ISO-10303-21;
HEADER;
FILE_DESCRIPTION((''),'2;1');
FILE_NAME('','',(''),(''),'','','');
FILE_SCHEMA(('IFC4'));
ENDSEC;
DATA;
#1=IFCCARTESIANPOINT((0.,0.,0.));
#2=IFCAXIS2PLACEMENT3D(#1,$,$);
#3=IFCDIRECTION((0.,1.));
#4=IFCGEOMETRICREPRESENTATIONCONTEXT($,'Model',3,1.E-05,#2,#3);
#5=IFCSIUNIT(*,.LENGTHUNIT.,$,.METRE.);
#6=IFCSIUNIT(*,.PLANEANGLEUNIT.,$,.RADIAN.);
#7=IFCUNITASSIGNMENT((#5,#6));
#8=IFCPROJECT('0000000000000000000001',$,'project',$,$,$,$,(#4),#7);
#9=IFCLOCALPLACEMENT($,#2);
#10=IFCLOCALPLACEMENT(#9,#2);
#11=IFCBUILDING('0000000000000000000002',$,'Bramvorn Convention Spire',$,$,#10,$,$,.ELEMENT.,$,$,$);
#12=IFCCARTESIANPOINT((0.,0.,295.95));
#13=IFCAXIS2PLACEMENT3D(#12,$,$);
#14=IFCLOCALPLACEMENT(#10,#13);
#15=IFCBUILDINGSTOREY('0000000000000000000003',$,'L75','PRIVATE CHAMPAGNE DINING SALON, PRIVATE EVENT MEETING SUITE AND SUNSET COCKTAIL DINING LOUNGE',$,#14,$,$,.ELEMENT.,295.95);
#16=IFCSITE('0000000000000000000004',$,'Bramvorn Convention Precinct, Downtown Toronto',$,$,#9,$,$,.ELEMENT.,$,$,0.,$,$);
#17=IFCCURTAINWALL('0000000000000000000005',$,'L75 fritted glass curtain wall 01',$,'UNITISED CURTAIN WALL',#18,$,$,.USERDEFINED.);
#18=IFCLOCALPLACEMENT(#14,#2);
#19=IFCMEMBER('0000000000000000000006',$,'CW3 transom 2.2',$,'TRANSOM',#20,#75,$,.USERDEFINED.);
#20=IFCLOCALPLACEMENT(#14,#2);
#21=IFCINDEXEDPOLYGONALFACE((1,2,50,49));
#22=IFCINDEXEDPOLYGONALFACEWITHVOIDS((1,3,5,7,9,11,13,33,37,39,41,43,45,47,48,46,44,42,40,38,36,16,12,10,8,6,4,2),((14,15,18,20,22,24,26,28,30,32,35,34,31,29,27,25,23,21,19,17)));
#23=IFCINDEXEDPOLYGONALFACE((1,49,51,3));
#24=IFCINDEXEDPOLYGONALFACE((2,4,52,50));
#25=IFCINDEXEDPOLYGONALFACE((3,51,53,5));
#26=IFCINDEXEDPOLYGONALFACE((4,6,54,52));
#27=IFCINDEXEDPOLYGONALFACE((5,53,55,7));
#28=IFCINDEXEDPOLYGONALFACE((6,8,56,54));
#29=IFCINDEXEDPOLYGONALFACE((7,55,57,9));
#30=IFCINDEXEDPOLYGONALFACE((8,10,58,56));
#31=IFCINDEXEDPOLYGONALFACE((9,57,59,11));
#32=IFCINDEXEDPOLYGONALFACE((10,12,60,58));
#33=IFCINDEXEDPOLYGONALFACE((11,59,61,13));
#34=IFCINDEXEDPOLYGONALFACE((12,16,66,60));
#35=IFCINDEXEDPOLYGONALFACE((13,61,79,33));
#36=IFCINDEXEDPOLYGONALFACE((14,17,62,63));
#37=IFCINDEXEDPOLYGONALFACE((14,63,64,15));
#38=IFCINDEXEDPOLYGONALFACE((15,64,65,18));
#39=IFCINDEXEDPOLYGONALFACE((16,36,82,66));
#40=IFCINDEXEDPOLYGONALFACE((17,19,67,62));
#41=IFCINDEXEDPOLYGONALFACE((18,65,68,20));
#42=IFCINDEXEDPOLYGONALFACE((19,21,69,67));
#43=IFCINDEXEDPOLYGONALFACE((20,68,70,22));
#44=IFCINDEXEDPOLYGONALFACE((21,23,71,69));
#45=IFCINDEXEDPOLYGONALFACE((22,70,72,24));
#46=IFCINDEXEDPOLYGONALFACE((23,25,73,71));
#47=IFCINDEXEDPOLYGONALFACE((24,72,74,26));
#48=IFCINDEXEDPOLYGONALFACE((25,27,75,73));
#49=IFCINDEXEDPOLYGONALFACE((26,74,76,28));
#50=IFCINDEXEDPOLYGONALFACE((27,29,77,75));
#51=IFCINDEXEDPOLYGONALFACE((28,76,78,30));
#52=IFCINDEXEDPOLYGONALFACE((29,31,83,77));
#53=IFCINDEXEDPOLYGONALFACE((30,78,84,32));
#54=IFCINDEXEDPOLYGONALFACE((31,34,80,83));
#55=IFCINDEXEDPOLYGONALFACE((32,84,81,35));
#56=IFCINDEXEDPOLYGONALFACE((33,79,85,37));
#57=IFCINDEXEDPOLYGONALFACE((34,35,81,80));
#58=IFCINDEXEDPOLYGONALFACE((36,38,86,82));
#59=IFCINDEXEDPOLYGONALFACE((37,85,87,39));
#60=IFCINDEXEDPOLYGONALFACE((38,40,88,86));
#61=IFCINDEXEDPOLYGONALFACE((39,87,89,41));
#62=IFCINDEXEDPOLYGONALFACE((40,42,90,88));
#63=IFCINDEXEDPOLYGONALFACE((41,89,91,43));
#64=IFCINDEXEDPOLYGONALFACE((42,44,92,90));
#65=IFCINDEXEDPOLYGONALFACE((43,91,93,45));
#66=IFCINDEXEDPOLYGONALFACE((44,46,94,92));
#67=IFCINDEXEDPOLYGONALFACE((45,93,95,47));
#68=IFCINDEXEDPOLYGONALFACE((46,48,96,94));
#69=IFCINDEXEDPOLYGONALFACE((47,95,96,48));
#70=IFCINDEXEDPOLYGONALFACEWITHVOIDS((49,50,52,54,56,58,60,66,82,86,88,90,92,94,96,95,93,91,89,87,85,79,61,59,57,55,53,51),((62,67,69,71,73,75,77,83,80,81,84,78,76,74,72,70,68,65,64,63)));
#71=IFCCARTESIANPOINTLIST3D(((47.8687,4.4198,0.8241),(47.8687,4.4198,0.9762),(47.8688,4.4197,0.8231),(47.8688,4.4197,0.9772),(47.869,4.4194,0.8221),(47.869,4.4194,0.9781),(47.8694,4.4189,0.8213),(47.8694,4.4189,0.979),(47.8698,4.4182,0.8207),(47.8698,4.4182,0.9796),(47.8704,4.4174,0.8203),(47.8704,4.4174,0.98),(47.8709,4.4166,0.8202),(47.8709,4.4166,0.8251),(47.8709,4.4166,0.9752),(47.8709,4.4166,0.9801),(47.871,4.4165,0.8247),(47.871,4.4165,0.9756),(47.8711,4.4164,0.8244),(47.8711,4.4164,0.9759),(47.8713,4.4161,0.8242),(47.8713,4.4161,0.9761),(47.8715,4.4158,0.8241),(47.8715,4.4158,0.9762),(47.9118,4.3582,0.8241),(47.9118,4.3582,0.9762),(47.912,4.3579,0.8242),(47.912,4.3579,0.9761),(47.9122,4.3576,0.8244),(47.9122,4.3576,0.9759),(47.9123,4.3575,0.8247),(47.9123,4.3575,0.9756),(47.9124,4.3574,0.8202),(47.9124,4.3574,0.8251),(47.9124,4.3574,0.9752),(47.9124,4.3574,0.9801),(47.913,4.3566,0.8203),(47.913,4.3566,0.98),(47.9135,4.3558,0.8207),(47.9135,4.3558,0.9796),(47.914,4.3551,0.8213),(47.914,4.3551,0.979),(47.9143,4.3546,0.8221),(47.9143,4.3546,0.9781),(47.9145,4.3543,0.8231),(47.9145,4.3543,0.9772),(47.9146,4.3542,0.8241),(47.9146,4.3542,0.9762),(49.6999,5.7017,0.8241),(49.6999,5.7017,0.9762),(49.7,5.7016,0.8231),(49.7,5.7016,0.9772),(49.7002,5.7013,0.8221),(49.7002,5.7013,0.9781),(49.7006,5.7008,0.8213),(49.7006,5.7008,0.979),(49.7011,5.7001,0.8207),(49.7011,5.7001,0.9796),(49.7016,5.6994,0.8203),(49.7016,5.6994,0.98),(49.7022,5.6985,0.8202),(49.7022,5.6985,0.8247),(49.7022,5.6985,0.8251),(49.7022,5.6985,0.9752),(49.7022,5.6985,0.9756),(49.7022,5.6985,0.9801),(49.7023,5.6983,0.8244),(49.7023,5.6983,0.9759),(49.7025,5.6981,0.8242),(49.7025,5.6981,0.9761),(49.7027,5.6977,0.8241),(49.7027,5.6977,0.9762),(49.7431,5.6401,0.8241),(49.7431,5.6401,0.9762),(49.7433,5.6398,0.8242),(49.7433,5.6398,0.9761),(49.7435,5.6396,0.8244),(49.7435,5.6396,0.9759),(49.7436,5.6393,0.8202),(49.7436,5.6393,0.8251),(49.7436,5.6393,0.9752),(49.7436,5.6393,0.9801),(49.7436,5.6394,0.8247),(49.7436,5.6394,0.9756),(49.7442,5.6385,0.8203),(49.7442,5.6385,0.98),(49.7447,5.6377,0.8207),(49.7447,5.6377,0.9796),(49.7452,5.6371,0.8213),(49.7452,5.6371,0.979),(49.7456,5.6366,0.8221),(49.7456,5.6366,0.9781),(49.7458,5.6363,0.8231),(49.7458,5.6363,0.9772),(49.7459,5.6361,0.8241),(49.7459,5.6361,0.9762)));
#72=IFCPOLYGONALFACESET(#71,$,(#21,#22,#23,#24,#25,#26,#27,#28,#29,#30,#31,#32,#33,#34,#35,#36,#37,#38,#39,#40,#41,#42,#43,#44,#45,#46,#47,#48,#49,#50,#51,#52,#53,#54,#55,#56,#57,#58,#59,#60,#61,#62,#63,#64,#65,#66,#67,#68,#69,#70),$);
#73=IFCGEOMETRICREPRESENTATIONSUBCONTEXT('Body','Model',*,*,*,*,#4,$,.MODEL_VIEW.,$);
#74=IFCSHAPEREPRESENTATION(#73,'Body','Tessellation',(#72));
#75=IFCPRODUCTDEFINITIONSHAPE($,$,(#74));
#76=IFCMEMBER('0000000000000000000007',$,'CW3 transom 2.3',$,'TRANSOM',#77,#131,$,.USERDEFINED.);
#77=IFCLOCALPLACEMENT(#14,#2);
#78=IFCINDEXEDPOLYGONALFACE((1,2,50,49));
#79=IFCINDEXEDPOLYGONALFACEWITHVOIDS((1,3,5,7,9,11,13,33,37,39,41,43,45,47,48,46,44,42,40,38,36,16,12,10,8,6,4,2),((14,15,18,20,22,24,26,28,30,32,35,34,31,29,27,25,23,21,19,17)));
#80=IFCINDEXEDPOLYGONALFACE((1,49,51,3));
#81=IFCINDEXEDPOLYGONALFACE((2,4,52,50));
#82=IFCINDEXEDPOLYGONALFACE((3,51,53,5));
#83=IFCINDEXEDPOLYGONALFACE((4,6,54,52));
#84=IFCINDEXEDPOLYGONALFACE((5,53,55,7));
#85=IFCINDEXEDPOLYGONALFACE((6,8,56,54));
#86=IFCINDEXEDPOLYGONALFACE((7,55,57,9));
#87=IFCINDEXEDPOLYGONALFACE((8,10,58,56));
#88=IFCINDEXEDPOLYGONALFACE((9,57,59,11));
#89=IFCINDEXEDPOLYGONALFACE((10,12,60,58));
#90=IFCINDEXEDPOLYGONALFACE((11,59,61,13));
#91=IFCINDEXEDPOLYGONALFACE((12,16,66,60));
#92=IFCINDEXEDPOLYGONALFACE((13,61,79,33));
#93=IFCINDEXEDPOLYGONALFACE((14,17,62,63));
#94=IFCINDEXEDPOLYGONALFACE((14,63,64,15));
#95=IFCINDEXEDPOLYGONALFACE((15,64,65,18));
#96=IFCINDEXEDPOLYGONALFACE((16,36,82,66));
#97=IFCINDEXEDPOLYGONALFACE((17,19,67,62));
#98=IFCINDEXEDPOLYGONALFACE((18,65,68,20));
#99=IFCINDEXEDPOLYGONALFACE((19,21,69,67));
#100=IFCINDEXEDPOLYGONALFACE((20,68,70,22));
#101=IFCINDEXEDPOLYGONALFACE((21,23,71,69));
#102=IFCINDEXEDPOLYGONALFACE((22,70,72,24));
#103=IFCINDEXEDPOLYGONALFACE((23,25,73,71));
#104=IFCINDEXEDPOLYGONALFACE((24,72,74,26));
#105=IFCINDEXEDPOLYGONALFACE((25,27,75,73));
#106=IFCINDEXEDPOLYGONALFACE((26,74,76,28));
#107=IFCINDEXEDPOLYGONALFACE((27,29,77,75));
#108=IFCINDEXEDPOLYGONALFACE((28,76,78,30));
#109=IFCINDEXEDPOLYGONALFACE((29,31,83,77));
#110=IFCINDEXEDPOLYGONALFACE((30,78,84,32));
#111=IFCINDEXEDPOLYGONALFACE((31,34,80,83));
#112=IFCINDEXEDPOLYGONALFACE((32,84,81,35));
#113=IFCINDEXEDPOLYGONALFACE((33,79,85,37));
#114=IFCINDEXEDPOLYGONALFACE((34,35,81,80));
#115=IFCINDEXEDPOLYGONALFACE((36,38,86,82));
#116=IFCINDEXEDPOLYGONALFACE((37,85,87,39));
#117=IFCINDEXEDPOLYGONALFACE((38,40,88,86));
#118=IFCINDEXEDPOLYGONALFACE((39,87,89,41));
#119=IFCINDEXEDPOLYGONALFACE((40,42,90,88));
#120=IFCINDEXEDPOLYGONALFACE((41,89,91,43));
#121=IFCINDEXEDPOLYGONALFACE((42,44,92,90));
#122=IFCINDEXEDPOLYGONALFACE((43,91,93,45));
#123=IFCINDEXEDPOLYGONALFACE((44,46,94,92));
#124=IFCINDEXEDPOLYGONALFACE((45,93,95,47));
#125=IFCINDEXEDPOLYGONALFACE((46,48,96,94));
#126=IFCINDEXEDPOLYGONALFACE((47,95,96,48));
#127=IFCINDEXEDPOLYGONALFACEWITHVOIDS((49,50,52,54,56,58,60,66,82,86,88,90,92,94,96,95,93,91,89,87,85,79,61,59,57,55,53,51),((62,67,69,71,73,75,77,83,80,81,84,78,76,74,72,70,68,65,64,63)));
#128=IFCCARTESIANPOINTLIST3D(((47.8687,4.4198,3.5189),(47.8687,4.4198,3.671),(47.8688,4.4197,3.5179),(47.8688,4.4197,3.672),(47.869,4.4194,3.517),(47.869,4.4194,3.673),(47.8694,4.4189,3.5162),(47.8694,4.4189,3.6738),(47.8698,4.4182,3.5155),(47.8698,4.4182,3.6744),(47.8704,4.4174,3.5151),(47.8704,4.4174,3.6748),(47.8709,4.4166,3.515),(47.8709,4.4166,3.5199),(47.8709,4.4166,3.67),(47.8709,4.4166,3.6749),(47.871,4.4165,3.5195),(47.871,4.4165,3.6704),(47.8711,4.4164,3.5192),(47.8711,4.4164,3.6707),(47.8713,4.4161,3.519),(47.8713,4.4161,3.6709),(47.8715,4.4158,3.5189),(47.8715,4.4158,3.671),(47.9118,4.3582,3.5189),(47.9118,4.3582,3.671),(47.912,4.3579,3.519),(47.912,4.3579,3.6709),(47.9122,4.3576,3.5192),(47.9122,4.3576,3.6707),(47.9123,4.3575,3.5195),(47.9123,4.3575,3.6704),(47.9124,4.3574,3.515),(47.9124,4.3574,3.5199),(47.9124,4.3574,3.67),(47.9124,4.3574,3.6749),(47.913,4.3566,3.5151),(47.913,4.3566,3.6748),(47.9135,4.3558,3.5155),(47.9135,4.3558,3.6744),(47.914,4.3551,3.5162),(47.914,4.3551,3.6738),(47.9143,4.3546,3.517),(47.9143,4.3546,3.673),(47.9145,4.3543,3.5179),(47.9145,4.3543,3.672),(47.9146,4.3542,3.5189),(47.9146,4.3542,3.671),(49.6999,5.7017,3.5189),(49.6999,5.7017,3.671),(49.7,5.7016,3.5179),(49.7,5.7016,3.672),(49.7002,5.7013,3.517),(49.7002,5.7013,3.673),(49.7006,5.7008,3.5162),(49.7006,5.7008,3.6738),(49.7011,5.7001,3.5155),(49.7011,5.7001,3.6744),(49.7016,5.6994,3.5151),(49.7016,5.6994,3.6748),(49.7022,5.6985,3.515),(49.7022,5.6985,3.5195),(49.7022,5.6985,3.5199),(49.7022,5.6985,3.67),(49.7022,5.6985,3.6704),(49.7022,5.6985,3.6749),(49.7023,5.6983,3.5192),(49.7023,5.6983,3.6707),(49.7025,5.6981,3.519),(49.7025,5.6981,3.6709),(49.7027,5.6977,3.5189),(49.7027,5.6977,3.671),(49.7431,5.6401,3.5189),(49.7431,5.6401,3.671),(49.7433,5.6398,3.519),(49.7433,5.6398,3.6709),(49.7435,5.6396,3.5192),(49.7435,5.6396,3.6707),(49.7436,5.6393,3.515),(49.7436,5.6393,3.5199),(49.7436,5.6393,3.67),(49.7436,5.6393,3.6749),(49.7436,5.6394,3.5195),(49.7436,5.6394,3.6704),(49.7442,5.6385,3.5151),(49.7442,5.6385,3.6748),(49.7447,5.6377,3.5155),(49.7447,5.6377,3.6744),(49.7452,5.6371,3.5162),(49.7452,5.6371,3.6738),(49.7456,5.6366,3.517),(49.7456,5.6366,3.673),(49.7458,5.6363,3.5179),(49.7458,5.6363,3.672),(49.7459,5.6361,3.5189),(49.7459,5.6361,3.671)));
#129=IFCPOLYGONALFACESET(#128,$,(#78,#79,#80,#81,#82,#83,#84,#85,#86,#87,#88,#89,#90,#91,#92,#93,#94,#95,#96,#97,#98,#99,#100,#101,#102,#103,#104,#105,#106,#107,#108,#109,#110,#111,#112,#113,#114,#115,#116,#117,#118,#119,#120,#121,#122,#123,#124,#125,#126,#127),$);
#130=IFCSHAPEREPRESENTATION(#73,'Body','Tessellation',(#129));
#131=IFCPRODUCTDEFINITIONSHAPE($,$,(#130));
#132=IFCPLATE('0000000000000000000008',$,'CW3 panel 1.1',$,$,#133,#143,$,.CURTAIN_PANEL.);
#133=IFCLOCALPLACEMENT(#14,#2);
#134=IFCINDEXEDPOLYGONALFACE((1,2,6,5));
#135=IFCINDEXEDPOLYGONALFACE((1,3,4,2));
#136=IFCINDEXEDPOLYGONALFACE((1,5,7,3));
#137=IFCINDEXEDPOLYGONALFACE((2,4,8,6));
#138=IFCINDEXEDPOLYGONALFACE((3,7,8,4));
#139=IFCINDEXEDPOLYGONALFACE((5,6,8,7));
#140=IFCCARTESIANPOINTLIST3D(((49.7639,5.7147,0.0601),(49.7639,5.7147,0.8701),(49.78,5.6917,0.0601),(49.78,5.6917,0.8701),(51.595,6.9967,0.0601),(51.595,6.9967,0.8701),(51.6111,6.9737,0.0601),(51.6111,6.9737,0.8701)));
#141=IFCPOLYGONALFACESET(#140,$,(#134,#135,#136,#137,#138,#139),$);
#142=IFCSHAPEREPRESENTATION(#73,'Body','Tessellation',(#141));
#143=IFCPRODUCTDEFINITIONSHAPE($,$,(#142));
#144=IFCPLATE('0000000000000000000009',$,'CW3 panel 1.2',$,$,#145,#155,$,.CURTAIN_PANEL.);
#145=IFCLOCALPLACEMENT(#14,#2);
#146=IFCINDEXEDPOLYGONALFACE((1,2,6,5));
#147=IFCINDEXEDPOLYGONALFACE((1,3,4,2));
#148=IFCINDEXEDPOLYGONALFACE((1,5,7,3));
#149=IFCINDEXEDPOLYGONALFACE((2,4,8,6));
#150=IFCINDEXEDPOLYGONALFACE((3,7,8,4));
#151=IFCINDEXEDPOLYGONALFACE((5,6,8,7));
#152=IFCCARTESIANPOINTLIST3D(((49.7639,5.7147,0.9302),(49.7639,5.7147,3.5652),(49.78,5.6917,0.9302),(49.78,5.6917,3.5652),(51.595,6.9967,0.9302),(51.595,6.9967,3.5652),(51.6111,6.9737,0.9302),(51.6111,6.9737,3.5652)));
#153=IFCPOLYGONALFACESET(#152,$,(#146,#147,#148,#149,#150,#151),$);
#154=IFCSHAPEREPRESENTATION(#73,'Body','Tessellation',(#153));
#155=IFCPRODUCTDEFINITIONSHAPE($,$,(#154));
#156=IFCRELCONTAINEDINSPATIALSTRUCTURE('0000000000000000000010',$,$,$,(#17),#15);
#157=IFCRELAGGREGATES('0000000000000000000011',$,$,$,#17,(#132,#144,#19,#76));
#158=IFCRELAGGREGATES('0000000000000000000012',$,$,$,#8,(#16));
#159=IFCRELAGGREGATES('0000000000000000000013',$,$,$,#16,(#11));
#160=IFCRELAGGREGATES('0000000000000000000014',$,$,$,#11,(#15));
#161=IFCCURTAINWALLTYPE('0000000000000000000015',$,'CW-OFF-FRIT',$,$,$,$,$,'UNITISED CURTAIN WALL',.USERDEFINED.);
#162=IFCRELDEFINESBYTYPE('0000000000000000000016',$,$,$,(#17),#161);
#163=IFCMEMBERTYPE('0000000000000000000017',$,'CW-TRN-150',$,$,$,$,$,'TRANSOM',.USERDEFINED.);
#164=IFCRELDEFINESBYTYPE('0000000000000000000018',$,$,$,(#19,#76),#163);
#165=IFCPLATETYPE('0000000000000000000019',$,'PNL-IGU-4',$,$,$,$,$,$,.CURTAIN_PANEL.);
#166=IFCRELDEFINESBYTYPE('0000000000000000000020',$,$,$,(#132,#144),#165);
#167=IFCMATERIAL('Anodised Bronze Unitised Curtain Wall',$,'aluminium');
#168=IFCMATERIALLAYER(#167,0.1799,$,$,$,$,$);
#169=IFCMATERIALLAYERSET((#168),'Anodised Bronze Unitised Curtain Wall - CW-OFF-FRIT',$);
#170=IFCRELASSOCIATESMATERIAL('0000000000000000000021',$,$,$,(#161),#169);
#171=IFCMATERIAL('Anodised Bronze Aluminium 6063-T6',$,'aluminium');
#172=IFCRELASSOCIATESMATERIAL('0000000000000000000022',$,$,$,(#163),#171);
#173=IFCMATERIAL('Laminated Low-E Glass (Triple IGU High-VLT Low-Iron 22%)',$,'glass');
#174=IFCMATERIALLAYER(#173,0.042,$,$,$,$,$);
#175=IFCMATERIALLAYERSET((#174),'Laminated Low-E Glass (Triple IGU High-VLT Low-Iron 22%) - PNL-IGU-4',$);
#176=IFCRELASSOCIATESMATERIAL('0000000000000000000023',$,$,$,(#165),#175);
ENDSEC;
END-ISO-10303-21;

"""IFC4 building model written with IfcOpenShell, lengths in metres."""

from ifc_helpers import new_model, si_unit, direction, frame, origin, origin_2d, place, context, subcontext, project, spatial, rectangle, hollow_rectangle, extrude, material, layer, layer_set, material_profile, profile_set, type_object, element, aggregate, save


model = new_model("IFC4")

# Units and contexts
model_context = context("Model", 3, precision=1e-05, world=origin(), true_north=direction((0.0, 1.0)))
body_context = subcontext(model_context, "Body", "Model", "MODEL_VIEW")
ifc_project = project(units=[si_unit("LENGTHUNIT", "METRE"), si_unit("PLANEANGLEUNIT", "RADIAN")], contexts=[model_context])

# Site, building, storey
site_placement = place(None, origin())
site = spatial("IfcSite", under=ifc_project, at=site_placement, Name="Bramvorn Convention Precinct, Downtown Toronto", CompositionType="ELEMENT", RefElevation=0.0)
building_placement = place(site_placement, origin())
building = spatial("IfcBuilding", under=site, at=building_placement, Name="Bramvorn Convention Spire", CompositionType="ELEMENT")
storey_placement = place(building_placement, frame((0.0, 0.0, 295.95)))
storey = spatial("IfcBuildingStorey", under=building, at=storey_placement, Name="L75", Description="PRIVATE CHAMPAGNE DINING SALON, PRIVATE EVENT MEETING SUITE AND SUNSET COCKTAIL DINING LOUNGE", CompositionType="ELEMENT", Elevation=295.95)

# Curtain wall, members, plates
ifc_material_1 = material(Name="Anodised Bronze Unitised Curtain Wall", Category="aluminium")
ifc_layer_1 = layer(ifc_material_1, 0.1799)
ifc_layer_set_1 = layer_set([ifc_layer_1], Name="Anodised Bronze Unitised Curtain Wall - CW-OFF-FRIT")
curtain_wall_type = type_object("IfcCurtainWallType", Name="CW-OFF-FRIT", ElementType="UNITISED CURTAIN WALL", PredefinedType="USERDEFINED", material=ifc_layer_set_1)
curtain_wall_placement = place(storey_placement, origin())
curtain_wall = element("IfcCurtainWall", 1, at=curtain_wall_placement, inside=storey, type_object=curtain_wall_type, Name="L75 fritted glass curtain wall 01", ObjectType="UNITISED CURTAIN WALL", PredefinedType="USERDEFINED")
ifc_material_2 = material(Name="Anodised Bronze Aluminium 6063-T6", Category="aluminium")
ifc_material_profile_1 = material_profile(ifc_material_2, hollow_rectangle(XDim=0.0801, YDim=0.1599, WallThickness=0.0039, InnerFilletRadius=0.001, OuterFilletRadius=0.0039, at=origin_2d()))
ifc_profile_set_1 = profile_set([ifc_material_profile_1], Name="Anodised Bronze Aluminium 6063-T6 - CWT80X160")
member_type_1 = type_object("IfcMemberType", Name="CW-TRN-150", ElementType="TRANSOM", PredefinedType="USERDEFINED", material=ifc_profile_set_1)
member_1_placement = place(storey_placement, frame((49.7229, 5.6689, 0.9001), z_axis=(-0.819217, -0.573484, 0.0), x_axis=(0.573484, -0.819217, 0.0)))
member_1 = element("IfcMember", 2, at=member_1_placement, type_object=member_type_1, Name="CW3 transom 2.2", ObjectType="TRANSOM", PredefinedType="USERDEFINED", context=body_context, shape_type="SweptSolid", body=[
    extrude(hollow_rectangle(XDim=0.0801, YDim=0.1599, WallThickness=0.0039, InnerFilletRadius=0.001, OuterFilletRadius=0.0039, at=origin_2d()), origin(), (0.0, 0.0, 1.0), 2.2354),
])
member_2_placement = place(storey_placement, frame((49.7229, 5.6689, 3.595), z_axis=(-0.819217, -0.573484, 0.0), x_axis=(0.573484, -0.819217, 0.0)))
member_2 = element("IfcMember", 3, at=member_2_placement, type_object=member_type_1, Name="CW3 transom 2.3", ObjectType="TRANSOM", PredefinedType="USERDEFINED", context=body_context, shape_type="SweptSolid", body=[
    extrude(hollow_rectangle(XDim=0.0801, YDim=0.1599, WallThickness=0.0039, InnerFilletRadius=0.001, OuterFilletRadius=0.0039, at=origin_2d()), origin(), (0.0, 0.0, 1.0), 2.2354),
])
ifc_material_3 = material(Name="Laminated Low-E Glass (Triple IGU High-VLT Low-Iron 22%)", Category="glass")
ifc_layer_2 = layer(ifc_material_3, 0.042)
ifc_layer_set_2 = layer_set([ifc_layer_2], Name="Laminated Low-E Glass (Triple IGU High-VLT Low-Iron 22%) - PNL-IGU-4")
plate_type = type_object("IfcPlateType", Name="PNL-IGU-4", PredefinedType="CURTAIN_PANEL", material=ifc_layer_set_2)
plate_1_placement = place(storey_placement, frame((50.6875, 6.3442, 0.0601), z_axis=(0.0, 0.0, 1.0), x_axis=(-0.819198, -0.573511, 0.0)))
plate_1 = element("IfcPlate", 4, at=plate_1_placement, type_object=plate_type, Name="CW3 panel 1.1", PredefinedType="CURTAIN_PANEL", context=body_context, shape_type="SweptSolid", body=[
    extrude(rectangle(XDim=2.2354, YDim=0.0281, at=origin_2d()), origin(), (0.0, 0.0, 1.0), 0.8101),
])
plate_2_placement = place(storey_placement, frame((50.6875, 6.3442, 0.9302), z_axis=(0.0, 0.0, 1.0), x_axis=(-0.819198, -0.573511, 0.0)))
plate_2 = element("IfcPlate", 5, at=plate_2_placement, type_object=plate_type, Name="CW3 panel 1.2", PredefinedType="CURTAIN_PANEL", context=body_context, shape_type="SweptSolid", body=[
    extrude(rectangle(XDim=2.2354, YDim=0.0281, at=origin_2d()), origin(), (0.0, 0.0, 1.0), 2.635),
])
aggregate(curtain_wall, [plate_1, plate_2, member_1, member_2])

save(model, "model.ifc")
